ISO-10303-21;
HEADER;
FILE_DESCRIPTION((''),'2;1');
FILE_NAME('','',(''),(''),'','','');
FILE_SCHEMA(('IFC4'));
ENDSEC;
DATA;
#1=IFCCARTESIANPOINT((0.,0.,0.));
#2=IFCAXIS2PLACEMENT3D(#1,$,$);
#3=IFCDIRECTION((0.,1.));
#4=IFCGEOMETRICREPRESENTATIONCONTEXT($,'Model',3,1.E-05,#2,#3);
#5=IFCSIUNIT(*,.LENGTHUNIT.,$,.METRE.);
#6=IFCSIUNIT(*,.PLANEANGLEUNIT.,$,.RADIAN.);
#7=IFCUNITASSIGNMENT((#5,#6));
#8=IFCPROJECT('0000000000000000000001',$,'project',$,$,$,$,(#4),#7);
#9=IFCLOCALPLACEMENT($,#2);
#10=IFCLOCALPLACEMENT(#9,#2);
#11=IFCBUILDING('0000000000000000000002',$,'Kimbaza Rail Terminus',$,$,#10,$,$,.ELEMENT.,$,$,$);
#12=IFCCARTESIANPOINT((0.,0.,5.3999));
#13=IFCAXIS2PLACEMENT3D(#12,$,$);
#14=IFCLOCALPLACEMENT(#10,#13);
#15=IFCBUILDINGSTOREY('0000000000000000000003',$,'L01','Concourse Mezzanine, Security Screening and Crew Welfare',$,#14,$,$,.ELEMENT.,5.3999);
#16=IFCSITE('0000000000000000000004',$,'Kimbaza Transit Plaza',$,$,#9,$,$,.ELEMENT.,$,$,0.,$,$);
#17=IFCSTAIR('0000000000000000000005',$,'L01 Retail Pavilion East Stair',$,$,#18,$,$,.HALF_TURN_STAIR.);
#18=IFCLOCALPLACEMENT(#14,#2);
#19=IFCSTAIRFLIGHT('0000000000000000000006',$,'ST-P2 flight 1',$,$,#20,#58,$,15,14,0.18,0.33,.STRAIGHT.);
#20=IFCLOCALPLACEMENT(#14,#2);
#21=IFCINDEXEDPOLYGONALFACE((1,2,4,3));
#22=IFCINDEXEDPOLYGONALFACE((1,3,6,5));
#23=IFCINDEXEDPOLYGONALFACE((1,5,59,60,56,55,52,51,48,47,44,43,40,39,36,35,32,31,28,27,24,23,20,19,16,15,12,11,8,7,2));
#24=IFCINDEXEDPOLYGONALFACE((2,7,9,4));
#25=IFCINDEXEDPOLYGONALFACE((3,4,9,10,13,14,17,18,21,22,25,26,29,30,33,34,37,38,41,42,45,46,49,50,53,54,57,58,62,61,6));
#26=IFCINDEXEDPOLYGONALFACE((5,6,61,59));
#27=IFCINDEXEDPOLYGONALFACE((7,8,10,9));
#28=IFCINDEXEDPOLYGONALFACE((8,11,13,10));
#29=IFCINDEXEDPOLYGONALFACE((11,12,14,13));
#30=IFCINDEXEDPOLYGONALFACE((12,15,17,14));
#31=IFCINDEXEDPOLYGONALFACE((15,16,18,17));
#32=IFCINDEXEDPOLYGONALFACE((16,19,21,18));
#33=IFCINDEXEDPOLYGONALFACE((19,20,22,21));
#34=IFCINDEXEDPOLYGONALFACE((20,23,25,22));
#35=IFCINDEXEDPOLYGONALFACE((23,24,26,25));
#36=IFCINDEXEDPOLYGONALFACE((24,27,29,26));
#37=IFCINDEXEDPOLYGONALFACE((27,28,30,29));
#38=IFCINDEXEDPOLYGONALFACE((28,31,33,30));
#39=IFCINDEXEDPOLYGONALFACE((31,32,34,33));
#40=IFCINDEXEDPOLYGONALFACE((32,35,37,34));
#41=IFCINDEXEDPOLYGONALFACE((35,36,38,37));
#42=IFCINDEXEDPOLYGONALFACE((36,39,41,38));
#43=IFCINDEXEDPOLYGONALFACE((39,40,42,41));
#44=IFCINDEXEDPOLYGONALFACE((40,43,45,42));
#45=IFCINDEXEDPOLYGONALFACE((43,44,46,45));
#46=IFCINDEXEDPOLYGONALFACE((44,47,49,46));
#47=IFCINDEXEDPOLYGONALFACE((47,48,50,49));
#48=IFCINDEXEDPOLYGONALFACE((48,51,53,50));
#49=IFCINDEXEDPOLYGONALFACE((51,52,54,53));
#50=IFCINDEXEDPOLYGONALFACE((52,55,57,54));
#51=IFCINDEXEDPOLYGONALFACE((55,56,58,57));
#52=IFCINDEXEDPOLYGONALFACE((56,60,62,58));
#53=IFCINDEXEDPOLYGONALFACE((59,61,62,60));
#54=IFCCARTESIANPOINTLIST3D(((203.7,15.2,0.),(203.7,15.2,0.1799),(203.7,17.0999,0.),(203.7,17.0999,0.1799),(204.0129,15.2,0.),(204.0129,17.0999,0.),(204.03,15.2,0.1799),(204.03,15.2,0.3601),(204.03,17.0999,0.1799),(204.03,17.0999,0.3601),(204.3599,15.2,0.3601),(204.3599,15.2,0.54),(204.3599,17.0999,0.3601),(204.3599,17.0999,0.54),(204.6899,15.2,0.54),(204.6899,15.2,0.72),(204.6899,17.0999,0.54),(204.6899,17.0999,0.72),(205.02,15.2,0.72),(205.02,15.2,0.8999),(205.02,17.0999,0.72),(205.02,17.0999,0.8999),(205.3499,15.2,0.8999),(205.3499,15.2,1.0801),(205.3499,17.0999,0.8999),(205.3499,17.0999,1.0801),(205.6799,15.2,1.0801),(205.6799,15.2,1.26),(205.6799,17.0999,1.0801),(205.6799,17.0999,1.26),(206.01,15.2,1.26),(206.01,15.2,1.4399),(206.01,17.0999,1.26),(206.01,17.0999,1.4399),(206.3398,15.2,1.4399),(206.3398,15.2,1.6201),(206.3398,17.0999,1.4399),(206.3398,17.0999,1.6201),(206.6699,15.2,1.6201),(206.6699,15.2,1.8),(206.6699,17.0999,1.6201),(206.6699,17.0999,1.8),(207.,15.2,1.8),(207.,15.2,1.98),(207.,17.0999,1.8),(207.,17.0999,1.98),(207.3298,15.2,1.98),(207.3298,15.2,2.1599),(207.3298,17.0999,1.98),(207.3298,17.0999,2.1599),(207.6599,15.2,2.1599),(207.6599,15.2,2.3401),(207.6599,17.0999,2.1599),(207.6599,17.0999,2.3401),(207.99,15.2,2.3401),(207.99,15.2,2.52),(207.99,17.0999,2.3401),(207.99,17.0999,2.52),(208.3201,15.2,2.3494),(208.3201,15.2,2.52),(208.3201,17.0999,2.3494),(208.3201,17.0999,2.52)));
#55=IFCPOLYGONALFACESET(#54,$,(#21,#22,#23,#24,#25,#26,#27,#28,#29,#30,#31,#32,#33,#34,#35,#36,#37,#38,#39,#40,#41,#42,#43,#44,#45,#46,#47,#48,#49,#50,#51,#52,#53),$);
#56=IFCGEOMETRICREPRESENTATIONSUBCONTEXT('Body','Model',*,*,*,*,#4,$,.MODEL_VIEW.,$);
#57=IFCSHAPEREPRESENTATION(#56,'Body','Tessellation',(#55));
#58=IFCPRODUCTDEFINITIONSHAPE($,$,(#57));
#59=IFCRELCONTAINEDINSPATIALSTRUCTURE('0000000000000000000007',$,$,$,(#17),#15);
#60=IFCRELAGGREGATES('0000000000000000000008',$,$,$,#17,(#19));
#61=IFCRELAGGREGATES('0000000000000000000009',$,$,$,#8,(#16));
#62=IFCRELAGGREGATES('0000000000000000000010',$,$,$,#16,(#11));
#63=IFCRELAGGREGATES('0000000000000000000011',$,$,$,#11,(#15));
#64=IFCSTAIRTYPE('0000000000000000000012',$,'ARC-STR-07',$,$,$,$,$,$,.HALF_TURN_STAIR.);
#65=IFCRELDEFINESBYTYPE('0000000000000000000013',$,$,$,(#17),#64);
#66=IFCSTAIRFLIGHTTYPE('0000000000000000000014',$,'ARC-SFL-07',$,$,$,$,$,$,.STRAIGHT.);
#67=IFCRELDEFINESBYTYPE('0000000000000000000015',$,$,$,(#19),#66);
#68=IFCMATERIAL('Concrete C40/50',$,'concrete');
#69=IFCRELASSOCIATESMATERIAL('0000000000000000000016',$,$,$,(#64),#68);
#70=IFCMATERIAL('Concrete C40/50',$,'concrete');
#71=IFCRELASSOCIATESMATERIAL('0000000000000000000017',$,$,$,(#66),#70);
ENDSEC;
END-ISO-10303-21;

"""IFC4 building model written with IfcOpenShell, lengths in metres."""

from ifc_helpers import new_model, si_unit, direction, frame, origin, place, context, subcontext, project, spatial, polyline, outline, extrude, material, type_object, element, aggregate, save


model = new_model("IFC4")

# Units and contexts
model_context = context("Model", 3, precision=1e-05, world=origin(), true_north=direction((0.0, 1.0)))
body_context = subcontext(model_context, "Body", "Model", "MODEL_VIEW")
ifc_project = project(units=[si_unit("LENGTHUNIT", "METRE"), si_unit("PLANEANGLEUNIT", "RADIAN")], contexts=[model_context])

# Site, building, storey
site_placement = place(None, origin())
site = spatial("IfcSite", under=ifc_project, at=site_placement, Name="Kimbaza Transit Plaza", CompositionType="ELEMENT", RefElevation=0.0)
building_placement = place(site_placement, origin())
building = spatial("IfcBuilding", under=site, at=building_placement, Name="Kimbaza Rail Terminus", CompositionType="ELEMENT")
storey_placement = place(building_placement, frame((0.0, 0.0, 5.3999)))
storey = spatial("IfcBuildingStorey", under=building, at=storey_placement, Name="L01", Description="Concourse Mezzanine, Security Screening and Crew Welfare", CompositionType="ELEMENT", Elevation=5.3999)

# Stair, stair flight
ifc_material_1 = material(Name="Concrete C40/50", Category="concrete")
stair_type = type_object("IfcStairType", Name="ARC-STR-07", PredefinedType="HALF_TURN_STAIR", material=ifc_material_1)
stair_placement = place(storey_placement, origin())
stair = element("IfcStair", 1, at=stair_placement, inside=storey, type_object=stair_type, Name="L01 Retail Pavilion East Stair", PredefinedType="HALF_TURN_STAIR")
ifc_material_2 = material(Name="Concrete C40/50", Category="concrete")
stair_flight_type = type_object("IfcStairFlightType", Name="ARC-SFL-07", PredefinedType="STRAIGHT", material=ifc_material_2)
stair_flight_placement = place(storey_placement, frame((203.7, 16.1499, 0.0), z_axis=(0.0, 0.0, 1.0), x_axis=(1.0, 0.0, 0.0)))
stair_flight = element("IfcStairFlight", 2, at=stair_flight_placement, type_object=stair_flight_type, Name="ST-P2 flight 1", NumberOfRisers=15, NumberOfTreads=14, PredefinedType="STRAIGHT", RiserHeight=0.18, TreadLength=0.33, context=body_context, shape_type="SweptSolid", body=[
    extrude(outline(polyline([(0.0, 0.0), (0.0, 0.1799), (0.3301, 0.1799), (0.3301, 0.3601), (0.6599, 0.3601), (0.6599, 0.54), (0.99, 0.54), (0.99, 0.72), (1.3201, 0.72), (1.3201, 0.8999), (1.6499, 0.8999), (1.6499, 1.0801), (1.98, 1.0801), (1.98, 1.26), (2.3101, 1.26), (2.3101, 1.4399), (2.6399, 1.4399), (2.6399, 1.6201), (2.97, 1.6201), (2.97, 1.8), (3.3, 1.8), (3.3, 1.98), (3.6299, 1.98), (3.6299, 2.1599), (3.96, 2.1599), (3.96, 2.3401), (4.29, 2.3401), (4.29, 2.52), (4.6201, 2.52), (4.6201, 2.7), (4.6201, 2.3494), (0.313, 0.0), (0.0, 0.0)])), frame((0.0, 0.95, 0.0), z_axis=(0.0, -1.0, 0.0), x_axis=(1.0, 0.0, 0.0)), (0.0, 0.0, 1.0), 1.8999),
])
aggregate(stair, [stair_flight])

save(model, "model.ifc")
